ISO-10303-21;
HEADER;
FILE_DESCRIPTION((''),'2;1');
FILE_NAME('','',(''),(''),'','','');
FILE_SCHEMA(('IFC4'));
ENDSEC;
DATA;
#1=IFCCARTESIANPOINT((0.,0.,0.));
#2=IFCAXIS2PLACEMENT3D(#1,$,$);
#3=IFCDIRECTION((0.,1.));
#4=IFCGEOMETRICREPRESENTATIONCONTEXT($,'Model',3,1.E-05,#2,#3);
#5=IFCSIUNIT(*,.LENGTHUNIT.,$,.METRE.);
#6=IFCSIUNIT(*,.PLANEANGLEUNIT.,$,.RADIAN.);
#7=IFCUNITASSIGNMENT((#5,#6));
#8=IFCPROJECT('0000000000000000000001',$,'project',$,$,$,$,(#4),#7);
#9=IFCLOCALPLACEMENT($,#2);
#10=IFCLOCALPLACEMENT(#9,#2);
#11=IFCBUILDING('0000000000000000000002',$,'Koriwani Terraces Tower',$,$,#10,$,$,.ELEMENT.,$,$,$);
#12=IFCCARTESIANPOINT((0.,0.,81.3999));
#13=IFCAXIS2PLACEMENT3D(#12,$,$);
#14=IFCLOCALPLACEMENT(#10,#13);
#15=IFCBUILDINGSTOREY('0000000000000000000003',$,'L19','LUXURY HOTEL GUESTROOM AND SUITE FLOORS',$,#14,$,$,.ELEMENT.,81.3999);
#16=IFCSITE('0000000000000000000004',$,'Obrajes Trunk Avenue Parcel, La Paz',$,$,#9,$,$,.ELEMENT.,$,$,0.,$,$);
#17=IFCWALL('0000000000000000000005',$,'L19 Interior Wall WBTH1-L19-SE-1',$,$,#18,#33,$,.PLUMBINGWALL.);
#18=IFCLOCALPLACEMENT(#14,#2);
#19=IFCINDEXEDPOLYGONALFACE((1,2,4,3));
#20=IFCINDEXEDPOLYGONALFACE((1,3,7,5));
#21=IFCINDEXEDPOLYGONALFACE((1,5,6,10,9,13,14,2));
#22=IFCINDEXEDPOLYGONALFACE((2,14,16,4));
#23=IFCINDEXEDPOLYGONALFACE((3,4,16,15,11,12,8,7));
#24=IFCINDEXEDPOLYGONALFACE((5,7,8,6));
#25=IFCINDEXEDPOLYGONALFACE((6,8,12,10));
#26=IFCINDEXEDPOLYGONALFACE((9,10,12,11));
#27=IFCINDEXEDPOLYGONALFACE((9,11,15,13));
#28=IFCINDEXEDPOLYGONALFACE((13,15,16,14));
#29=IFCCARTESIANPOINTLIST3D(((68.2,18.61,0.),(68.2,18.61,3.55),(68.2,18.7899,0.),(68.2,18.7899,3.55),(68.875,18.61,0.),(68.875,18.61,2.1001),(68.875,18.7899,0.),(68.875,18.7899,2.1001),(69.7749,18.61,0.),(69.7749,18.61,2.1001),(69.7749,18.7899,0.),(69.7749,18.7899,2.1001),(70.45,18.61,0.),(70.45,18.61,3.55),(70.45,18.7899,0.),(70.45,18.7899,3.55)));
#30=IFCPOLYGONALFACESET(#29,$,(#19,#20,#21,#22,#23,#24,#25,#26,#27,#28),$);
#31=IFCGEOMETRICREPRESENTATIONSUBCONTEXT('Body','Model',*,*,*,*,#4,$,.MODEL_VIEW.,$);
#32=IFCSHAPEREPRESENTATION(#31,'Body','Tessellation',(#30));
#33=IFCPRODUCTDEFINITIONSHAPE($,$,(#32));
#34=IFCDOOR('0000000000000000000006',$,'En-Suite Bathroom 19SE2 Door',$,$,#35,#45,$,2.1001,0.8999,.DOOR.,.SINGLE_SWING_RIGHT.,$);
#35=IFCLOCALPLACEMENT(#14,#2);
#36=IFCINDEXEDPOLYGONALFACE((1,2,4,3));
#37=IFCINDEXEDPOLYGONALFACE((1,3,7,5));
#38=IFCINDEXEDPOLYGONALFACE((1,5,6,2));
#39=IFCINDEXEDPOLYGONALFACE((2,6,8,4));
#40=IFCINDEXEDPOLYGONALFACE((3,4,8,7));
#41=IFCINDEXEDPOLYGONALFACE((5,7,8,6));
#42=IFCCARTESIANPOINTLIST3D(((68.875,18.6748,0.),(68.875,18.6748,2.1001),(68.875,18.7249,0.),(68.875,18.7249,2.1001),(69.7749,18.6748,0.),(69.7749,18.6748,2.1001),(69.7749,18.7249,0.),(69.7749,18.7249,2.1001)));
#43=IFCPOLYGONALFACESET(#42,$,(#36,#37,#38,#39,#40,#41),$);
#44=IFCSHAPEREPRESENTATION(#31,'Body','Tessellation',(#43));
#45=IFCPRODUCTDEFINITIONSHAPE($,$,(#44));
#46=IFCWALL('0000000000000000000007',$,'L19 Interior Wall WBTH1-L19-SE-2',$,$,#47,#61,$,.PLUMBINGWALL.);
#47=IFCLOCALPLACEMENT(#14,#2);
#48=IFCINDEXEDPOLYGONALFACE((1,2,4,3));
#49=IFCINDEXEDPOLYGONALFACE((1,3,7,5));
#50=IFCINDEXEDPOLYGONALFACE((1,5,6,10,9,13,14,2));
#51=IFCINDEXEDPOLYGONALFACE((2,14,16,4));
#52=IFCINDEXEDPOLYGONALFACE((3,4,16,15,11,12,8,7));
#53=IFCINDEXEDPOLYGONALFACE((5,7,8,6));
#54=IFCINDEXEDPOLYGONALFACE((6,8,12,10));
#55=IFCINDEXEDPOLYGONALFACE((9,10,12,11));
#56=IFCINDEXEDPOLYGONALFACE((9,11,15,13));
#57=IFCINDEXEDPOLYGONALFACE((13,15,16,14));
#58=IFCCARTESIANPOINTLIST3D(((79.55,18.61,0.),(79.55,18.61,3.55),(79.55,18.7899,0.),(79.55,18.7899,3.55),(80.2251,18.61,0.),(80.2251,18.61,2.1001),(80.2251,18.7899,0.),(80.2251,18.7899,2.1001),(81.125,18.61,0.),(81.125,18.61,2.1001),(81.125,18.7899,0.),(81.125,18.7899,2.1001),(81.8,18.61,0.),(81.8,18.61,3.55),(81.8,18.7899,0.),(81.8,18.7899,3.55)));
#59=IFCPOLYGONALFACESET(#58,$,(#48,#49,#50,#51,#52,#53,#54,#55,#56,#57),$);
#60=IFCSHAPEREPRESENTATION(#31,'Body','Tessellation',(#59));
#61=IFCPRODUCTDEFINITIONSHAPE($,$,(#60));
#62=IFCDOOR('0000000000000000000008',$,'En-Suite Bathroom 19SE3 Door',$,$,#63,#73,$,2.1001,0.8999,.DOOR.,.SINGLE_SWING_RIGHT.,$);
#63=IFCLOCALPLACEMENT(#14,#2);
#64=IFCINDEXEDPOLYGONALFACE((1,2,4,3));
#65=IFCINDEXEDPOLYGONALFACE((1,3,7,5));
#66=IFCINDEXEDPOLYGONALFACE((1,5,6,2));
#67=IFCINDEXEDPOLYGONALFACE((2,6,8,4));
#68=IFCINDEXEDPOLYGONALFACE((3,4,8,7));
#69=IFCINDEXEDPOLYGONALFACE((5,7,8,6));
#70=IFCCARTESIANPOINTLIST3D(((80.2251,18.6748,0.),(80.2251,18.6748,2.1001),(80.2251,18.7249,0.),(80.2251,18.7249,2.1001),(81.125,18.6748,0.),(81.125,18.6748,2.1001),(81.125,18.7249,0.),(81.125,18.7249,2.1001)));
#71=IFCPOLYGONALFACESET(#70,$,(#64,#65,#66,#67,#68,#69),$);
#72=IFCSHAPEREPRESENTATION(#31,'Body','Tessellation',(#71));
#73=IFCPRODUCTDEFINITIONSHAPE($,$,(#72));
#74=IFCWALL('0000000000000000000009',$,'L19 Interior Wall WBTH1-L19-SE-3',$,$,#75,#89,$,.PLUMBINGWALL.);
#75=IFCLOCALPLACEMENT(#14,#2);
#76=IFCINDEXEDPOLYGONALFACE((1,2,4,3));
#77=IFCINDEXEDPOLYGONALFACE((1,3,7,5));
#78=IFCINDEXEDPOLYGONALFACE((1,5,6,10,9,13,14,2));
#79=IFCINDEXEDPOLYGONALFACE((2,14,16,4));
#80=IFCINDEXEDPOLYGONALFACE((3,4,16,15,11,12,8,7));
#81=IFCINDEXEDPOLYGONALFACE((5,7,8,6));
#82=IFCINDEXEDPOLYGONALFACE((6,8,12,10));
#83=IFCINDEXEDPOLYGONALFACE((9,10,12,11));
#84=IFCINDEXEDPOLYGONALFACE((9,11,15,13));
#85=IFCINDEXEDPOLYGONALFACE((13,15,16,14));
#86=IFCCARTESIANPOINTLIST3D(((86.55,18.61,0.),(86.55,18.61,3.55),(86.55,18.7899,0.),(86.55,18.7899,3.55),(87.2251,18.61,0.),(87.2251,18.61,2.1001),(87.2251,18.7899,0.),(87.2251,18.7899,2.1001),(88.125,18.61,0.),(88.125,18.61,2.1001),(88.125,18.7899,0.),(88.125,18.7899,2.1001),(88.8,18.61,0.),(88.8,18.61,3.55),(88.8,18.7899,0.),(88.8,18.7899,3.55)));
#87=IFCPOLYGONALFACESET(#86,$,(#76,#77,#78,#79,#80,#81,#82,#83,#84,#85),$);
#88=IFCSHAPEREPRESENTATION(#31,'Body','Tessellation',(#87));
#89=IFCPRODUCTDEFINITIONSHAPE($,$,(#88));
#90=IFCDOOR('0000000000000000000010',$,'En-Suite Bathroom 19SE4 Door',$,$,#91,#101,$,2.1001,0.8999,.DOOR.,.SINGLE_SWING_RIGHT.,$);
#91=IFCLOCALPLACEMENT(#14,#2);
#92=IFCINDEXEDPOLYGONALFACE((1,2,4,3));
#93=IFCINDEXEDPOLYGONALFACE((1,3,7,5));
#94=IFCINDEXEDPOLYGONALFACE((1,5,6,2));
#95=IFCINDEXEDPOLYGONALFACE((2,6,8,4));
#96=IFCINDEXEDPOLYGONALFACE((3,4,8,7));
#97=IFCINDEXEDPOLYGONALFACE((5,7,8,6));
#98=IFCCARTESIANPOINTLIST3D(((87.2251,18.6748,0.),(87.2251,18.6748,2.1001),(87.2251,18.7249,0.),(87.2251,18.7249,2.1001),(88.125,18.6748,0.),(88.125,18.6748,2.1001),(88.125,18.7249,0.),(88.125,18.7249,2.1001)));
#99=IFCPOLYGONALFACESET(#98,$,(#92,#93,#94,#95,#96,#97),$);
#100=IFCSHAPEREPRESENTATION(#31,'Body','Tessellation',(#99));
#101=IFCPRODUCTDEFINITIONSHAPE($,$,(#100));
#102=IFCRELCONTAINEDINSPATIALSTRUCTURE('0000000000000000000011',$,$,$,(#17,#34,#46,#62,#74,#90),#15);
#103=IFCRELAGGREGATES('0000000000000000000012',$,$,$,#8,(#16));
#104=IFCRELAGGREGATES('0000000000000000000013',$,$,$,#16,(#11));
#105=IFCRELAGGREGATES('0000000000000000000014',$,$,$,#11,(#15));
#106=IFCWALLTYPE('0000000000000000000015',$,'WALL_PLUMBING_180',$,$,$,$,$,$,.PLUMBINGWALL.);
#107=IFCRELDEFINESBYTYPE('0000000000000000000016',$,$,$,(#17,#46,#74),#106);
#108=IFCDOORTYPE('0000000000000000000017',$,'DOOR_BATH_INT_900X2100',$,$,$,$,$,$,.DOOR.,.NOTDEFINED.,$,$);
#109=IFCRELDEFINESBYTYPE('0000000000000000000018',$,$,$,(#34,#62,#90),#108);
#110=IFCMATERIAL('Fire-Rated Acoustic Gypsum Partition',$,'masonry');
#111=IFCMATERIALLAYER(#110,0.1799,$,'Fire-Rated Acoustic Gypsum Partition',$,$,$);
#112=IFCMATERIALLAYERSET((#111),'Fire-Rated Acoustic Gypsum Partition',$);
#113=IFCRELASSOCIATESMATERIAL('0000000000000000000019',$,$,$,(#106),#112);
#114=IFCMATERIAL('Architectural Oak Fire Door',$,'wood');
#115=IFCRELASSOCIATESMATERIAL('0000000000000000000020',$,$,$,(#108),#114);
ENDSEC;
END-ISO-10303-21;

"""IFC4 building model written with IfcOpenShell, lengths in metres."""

from ifc_helpers import new_model, si_unit, direction, frame, frame_2d, origin, place, context, subcontext, project, spatial, rectangle, extrude, material, layer, layer_set, type_object, element, fill, save


model = new_model("IFC4")

# Units and contexts
model_context = context("Model", 3, precision=1e-05, world=origin(), true_north=direction((0.0, 1.0)))
body_context = subcontext(model_context, "Body", "Model", "MODEL_VIEW")
ifc_project = project(units=[si_unit("LENGTHUNIT", "METRE"), si_unit("PLANEANGLEUNIT", "RADIAN")], contexts=[model_context])

# Site, building, storey
site_placement = place(None, origin())
site = spatial("IfcSite", under=ifc_project, at=site_placement, Name="Obrajes Trunk Avenue Parcel, La Paz", CompositionType="ELEMENT", RefElevation=0.0)
building_placement = place(site_placement, origin())
building = spatial("IfcBuilding", under=site, at=building_placement, Name="Koriwani Terraces Tower", CompositionType="ELEMENT")
storey_placement = place(building_placement, frame((0.0, 0.0, 81.3999)))
storey = spatial("IfcBuildingStorey", under=building, at=storey_placement, Name="L19", Description="LUXURY HOTEL GUESTROOM AND SUITE FLOORS", CompositionType="ELEMENT", Elevation=81.3999)

# Walls, openings, doors
ifc_material_1 = material(Name="Fire-Rated Acoustic Gypsum Partition", Category="masonry")
ifc_layer = layer(ifc_material_1, 0.1799, Name="Fire-Rated Acoustic Gypsum Partition")
ifc_layer_set = layer_set([ifc_layer], Name="Fire-Rated Acoustic Gypsum Partition")
wall_type = type_object("IfcWallType", Name="WALL_PLUMBING_180", PredefinedType="PLUMBINGWALL", material=ifc_layer_set)
ifc_material_2 = material(Name="Architectural Oak Fire Door", Category="wood")
door_type = type_object("IfcDoorType", Name="DOOR_BATH_INT_900X2100", OperationType="NOTDEFINED", PredefinedType="DOOR", material=ifc_material_2)
wall_1_placement = place(storey_placement, frame((68.2, 18.7, 0.0), z_axis=(0.0, 0.0, 1.0), x_axis=(1.0, 0.0, 0.0)))
wall_1 = element("IfcWall", 1, at=wall_1_placement, inside=storey, type_object=wall_type, Name="L19 Interior Wall WBTH1-L19-SE-1", PredefinedType="PLUMBINGWALL", context=body_context, shape_type="SweptSolid", body=[
    extrude(rectangle(XDim=2.25, YDim=0.1799, at=frame_2d((1.125, 0.0))), origin(), (0.0, 0.0, 1.0), 3.55),
])
opening_1_placement = place(wall_1_placement, frame((0.675, 0.0, 0.0)))
opening_1 = element("IfcOpeningElement", 2, at=opening_1_placement, cuts=wall_1, PredefinedType="OPENING", context=body_context, shape_type="SweptSolid", body=[
    extrude(rectangle(XDim=0.8999, YDim=2.1001, at=frame_2d((0.45, 1.05))), frame((0.0, 0.1001, 0.0), z_axis=(0.0, -1.0, 0.0), x_axis=(1.0, 0.0, 0.0)), (0.0, 0.0, 1.0), 0.2),
])
door_1_placement = place(opening_1_placement, origin())
door_1 = element("IfcDoor", 3, at=door_1_placement, inside=storey, type_object=door_type, Name="En-Suite Bathroom 19SE2 Door", OperationType="SINGLE_SWING_RIGHT", OverallHeight=2.1001, OverallWidth=0.8999, PredefinedType="DOOR", context=body_context, shape_type="SweptSolid", body=[
    extrude(rectangle(XDim=0.8999, YDim=2.1001, at=frame_2d((0.45, 1.05))), frame((0.0, 0.0249, 0.0), z_axis=(0.0, -1.0, 0.0), x_axis=(1.0, 0.0, 0.0)), (0.0, 0.0, 1.0), 0.05),
])
fill(opening_1, door_1)
wall_2_placement = place(storey_placement, frame((79.55, 18.7, 0.0), z_axis=(0.0, 0.0, 1.0), x_axis=(1.0, 0.0, 0.0)))
wall_2 = element("IfcWall", 4, at=wall_2_placement, inside=storey, type_object=wall_type, Name="L19 Interior Wall WBTH1-L19-SE-2", PredefinedType="PLUMBINGWALL", context=body_context, shape_type="SweptSolid", body=[
    extrude(rectangle(XDim=2.25, YDim=0.1799, at=frame_2d((1.125, 0.0))), origin(), (0.0, 0.0, 1.0), 3.55),
])
opening_2_placement = place(wall_2_placement, frame((0.675, 0.0, 0.0)))
opening_2 = element("IfcOpeningElement", 5, at=opening_2_placement, cuts=wall_2, PredefinedType="OPENING", context=body_context, shape_type="SweptSolid", body=[
    extrude(rectangle(XDim=0.8999, YDim=2.1001, at=frame_2d((0.45, 1.05))), frame((0.0, 0.1001, 0.0), z_axis=(0.0, -1.0, 0.0), x_axis=(1.0, 0.0, 0.0)), (0.0, 0.0, 1.0), 0.2),
])
door_2_placement = place(opening_2_placement, origin())
door_2 = element("IfcDoor", 6, at=door_2_placement, inside=storey, type_object=door_type, Name="En-Suite Bathroom 19SE3 Door", OperationType="SINGLE_SWING_RIGHT", OverallHeight=2.1001, OverallWidth=0.8999, PredefinedType="DOOR", context=body_context, shape_type="SweptSolid", body=[
    extrude(rectangle(XDim=0.8999, YDim=2.1001, at=frame_2d((0.45, 1.05))), frame((0.0, 0.0249, 0.0), z_axis=(0.0, -1.0, 0.0), x_axis=(1.0, 0.0, 0.0)), (0.0, 0.0, 1.0), 0.05),
])
fill(opening_2, door_2)
wall_3_placement = place(storey_placement, frame((86.55, 18.7, 0.0), z_axis=(0.0, 0.0, 1.0), x_axis=(1.0, 0.0, 0.0)))
wall_3 = element("IfcWall", 7, at=wall_3_placement, inside=storey, type_object=wall_type, Name="L19 Interior Wall WBTH1-L19-SE-3", PredefinedType="PLUMBINGWALL", context=body_context, shape_type="SweptSolid", body=[
    extrude(rectangle(XDim=2.25, YDim=0.1799, at=frame_2d((1.125, 0.0))), origin(), (0.0, 0.0, 1.0), 3.55),
])
opening_3_placement = place(wall_3_placement, frame((0.675, 0.0, 0.0)))
opening_3 = element("IfcOpeningElement", 8, at=opening_3_placement, cuts=wall_3, PredefinedType="OPENING", context=body_context, shape_type="SweptSolid", body=[
    extrude(rectangle(XDim=0.8999, YDim=2.1001, at=frame_2d((0.45, 1.05))), frame((0.0, 0.1001, 0.0), z_axis=(0.0, -1.0, 0.0), x_axis=(1.0, 0.0, 0.0)), (0.0, 0.0, 1.0), 0.2),
])
door_3_placement = place(opening_3_placement, origin())
door_3 = element("IfcDoor", 9, at=door_3_placement, inside=storey, type_object=door_type, Name="En-Suite Bathroom 19SE4 Door", OperationType="SINGLE_SWING_RIGHT", OverallHeight=2.1001, OverallWidth=0.8999, PredefinedType="DOOR", context=body_context, shape_type="SweptSolid", body=[
    extrude(rectangle(XDim=0.8999, YDim=2.1001, at=frame_2d((0.45, 1.05))), frame((0.0, 0.0249, 0.0), z_axis=(0.0, -1.0, 0.0), x_axis=(1.0, 0.0, 0.0)), (0.0, 0.0, 1.0), 0.05),
])
fill(opening_3, door_3)

save(model, "model.ifc")
